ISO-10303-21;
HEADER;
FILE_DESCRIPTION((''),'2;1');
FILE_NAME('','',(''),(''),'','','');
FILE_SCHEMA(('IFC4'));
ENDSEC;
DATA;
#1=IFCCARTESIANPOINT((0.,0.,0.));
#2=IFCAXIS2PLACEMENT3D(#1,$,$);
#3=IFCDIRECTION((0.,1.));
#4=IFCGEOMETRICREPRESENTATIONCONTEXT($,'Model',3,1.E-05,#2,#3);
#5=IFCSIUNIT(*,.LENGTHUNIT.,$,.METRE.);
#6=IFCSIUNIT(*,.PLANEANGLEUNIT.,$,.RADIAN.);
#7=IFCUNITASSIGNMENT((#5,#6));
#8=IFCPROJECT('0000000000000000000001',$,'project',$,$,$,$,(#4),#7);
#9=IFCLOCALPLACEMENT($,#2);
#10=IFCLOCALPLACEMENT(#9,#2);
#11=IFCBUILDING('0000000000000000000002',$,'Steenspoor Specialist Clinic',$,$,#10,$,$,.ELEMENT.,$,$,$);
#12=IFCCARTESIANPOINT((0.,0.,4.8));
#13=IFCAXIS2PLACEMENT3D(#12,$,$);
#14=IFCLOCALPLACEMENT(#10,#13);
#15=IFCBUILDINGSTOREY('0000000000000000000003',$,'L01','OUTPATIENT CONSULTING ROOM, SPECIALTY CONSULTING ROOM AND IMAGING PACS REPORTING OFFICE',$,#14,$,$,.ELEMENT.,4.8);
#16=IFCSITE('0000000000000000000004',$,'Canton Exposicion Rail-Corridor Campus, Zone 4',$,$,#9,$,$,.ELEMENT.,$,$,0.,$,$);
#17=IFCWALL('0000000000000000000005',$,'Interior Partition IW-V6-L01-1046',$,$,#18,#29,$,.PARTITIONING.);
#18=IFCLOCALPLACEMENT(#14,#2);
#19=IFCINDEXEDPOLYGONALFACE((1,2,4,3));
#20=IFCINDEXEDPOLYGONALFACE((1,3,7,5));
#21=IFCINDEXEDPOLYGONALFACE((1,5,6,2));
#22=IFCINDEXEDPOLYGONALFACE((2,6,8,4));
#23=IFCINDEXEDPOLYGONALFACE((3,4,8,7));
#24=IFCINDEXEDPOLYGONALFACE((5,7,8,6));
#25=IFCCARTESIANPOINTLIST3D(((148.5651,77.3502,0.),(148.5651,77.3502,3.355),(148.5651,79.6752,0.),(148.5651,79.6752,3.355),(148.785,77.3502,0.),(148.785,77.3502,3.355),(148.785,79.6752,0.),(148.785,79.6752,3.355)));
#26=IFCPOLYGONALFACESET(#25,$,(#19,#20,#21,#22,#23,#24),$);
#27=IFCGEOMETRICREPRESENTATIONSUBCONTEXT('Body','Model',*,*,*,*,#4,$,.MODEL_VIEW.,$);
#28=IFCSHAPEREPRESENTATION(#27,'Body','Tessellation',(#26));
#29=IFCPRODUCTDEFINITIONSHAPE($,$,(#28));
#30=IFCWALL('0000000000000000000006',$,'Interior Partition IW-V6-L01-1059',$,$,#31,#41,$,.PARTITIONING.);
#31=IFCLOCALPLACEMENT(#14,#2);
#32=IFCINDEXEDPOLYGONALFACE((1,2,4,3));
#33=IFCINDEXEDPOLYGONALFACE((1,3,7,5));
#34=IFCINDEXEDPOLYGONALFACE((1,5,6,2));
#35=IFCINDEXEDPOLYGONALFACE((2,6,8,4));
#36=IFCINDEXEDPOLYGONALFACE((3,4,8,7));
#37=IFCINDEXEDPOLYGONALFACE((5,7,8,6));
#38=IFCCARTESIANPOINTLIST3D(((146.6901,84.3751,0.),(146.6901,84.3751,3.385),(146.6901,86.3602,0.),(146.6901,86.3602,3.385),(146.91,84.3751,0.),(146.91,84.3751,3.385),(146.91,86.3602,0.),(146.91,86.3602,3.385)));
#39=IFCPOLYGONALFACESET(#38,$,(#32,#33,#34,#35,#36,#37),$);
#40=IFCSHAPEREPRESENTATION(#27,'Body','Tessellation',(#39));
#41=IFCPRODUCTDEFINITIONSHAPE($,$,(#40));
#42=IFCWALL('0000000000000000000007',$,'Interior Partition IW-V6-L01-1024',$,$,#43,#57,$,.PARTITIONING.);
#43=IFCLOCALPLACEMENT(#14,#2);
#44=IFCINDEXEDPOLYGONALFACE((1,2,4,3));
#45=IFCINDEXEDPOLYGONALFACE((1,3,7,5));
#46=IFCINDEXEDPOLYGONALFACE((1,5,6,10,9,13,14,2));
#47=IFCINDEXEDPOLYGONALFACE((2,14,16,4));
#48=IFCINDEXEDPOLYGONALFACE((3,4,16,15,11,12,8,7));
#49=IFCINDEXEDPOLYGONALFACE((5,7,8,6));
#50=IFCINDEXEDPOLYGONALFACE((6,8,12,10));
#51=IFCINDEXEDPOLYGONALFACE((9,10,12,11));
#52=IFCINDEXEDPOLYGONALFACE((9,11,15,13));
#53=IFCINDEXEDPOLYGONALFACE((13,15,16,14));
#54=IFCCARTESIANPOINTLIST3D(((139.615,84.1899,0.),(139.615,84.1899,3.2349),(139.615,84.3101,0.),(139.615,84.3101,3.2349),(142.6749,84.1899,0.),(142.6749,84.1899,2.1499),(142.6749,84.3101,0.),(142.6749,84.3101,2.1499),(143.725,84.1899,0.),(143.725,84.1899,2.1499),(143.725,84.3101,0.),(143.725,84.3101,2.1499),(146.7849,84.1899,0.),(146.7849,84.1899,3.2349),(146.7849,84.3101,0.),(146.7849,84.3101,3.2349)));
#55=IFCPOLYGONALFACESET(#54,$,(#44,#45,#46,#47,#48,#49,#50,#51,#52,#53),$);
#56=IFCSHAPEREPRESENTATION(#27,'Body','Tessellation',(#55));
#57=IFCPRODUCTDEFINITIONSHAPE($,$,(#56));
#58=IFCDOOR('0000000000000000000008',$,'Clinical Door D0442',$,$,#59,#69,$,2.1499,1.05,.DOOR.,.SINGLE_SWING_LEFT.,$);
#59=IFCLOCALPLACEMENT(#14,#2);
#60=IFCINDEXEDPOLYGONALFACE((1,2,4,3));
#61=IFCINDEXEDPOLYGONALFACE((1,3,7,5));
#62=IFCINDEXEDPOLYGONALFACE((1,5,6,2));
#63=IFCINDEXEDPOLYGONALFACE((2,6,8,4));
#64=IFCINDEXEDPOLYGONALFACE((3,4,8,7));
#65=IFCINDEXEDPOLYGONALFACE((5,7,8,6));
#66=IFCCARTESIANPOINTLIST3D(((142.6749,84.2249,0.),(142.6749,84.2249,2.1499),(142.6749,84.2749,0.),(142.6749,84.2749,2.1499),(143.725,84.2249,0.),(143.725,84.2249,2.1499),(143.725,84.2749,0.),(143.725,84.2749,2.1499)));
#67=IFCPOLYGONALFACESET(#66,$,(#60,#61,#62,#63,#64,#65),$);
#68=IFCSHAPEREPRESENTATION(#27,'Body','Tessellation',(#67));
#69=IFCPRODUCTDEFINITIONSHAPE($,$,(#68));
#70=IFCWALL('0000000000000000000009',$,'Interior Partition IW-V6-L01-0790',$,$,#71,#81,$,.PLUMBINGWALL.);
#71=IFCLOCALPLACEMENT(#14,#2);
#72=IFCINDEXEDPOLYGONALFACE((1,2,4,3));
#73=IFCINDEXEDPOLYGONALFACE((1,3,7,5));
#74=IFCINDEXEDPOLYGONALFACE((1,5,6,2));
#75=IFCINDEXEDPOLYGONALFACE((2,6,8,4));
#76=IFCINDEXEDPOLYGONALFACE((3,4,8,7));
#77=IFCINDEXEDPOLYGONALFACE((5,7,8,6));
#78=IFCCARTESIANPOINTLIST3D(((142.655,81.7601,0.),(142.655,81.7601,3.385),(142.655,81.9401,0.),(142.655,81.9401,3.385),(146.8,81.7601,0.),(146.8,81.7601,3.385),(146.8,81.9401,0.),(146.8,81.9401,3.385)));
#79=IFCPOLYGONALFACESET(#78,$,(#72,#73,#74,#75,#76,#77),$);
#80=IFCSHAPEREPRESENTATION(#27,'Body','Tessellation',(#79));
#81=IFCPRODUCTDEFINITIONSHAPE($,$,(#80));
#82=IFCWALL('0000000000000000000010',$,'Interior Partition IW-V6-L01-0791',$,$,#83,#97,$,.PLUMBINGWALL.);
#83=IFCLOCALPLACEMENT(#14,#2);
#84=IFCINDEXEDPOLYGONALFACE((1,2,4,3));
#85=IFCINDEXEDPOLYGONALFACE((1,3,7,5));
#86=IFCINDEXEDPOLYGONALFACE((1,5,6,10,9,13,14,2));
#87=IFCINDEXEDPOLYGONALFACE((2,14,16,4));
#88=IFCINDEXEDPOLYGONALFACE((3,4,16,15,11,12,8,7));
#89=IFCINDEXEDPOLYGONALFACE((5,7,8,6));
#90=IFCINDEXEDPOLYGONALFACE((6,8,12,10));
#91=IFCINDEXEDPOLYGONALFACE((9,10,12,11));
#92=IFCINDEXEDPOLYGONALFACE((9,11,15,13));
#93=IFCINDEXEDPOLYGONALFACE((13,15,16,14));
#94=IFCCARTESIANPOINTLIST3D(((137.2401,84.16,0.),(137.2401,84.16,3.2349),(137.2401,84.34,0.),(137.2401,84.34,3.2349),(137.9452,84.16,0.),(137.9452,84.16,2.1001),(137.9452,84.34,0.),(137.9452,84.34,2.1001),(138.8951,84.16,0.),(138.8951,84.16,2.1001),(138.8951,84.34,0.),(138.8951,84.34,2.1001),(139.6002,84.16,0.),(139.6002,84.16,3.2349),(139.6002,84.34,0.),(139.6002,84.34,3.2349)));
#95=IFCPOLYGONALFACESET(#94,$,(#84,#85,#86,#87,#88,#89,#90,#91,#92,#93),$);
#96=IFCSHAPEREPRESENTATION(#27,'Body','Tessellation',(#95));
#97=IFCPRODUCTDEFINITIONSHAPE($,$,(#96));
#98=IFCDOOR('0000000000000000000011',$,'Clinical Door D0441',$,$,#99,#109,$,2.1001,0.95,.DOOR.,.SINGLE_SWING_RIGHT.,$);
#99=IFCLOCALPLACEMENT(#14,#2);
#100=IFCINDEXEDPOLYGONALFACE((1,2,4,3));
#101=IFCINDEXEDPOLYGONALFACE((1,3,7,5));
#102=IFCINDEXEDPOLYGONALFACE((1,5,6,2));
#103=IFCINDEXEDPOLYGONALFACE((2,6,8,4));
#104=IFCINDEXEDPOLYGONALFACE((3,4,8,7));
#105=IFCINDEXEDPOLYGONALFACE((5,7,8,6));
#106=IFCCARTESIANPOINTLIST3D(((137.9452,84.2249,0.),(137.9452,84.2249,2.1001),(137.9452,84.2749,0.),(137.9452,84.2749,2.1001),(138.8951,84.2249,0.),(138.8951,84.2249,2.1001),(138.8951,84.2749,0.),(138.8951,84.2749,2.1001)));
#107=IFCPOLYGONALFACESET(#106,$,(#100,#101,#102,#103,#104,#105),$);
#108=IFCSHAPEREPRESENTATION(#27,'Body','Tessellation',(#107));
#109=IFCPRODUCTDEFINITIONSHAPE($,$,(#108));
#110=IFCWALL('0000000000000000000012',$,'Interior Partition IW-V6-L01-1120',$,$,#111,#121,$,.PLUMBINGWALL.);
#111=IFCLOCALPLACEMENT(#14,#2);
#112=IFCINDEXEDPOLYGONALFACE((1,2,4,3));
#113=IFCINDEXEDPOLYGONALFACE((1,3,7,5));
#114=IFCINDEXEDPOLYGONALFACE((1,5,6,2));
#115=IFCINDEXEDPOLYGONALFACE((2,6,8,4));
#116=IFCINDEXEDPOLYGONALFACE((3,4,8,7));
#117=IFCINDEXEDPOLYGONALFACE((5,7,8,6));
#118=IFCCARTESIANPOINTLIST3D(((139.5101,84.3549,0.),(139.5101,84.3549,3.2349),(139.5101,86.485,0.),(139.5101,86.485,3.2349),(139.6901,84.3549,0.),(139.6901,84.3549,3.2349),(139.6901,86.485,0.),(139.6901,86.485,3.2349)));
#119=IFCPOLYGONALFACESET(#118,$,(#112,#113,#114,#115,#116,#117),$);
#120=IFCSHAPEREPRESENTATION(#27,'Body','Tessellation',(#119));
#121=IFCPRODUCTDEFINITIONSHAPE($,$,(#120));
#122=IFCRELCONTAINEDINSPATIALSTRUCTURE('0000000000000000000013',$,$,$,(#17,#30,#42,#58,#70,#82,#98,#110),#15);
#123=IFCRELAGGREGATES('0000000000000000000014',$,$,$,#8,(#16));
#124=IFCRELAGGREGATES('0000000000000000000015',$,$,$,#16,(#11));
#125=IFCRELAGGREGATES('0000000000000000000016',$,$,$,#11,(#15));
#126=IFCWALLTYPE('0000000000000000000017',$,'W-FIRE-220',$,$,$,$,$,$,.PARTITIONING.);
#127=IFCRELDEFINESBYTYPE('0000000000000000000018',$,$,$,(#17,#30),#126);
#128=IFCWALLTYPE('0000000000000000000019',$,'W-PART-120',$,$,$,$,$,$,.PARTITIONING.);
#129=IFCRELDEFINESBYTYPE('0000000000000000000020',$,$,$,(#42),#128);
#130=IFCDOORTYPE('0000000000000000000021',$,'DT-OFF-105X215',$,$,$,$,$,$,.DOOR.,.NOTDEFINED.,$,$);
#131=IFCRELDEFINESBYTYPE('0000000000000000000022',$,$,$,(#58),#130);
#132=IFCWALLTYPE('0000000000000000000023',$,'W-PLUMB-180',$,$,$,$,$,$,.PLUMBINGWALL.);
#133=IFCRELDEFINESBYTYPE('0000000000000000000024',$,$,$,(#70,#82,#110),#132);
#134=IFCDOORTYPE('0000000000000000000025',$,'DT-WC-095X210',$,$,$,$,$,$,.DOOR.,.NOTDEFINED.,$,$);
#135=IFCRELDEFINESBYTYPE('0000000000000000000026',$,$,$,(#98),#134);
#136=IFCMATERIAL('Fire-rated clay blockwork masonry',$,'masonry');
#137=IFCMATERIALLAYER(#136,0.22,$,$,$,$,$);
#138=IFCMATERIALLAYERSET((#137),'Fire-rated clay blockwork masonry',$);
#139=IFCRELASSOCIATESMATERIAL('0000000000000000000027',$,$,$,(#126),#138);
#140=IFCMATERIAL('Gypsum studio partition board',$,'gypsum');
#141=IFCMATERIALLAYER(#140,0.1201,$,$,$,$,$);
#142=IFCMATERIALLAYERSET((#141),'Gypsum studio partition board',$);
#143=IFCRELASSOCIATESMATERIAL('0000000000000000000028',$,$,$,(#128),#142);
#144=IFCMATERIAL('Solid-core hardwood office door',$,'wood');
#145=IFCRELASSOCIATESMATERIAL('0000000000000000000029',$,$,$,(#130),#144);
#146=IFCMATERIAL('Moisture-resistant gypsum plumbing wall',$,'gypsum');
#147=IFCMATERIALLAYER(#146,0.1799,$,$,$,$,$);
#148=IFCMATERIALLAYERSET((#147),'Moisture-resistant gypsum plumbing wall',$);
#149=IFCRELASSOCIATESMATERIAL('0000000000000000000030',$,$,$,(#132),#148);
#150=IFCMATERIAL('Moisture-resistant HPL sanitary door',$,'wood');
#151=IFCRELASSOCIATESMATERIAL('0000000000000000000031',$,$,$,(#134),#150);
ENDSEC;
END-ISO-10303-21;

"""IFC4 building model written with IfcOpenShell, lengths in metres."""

from ifc_helpers import new_model, si_unit, direction, frame, frame_2d, origin, place, context, subcontext, project, spatial, rectangle, extrude, material, layer, layer_set, type_object, element, fill, save


model = new_model("IFC4")

# Units and contexts
model_context = context("Model", 3, precision=1e-05, world=origin(), true_north=direction((0.0, 1.0)))
body_context = subcontext(model_context, "Body", "Model", "MODEL_VIEW")
ifc_project = project(units=[si_unit("LENGTHUNIT", "METRE"), si_unit("PLANEANGLEUNIT", "RADIAN")], contexts=[model_context])

# Site, building, storey
site_placement = place(None, origin())
site = spatial("IfcSite", under=ifc_project, at=site_placement, Name="Canton Exposicion Rail-Corridor Campus, Zone 4", CompositionType="ELEMENT", RefElevation=0.0)
building_placement = place(site_placement, origin())
building = spatial("IfcBuilding", under=site, at=building_placement, Name="Steenspoor Specialist Clinic", CompositionType="ELEMENT")
storey_placement = place(building_placement, frame((0.0, 0.0, 4.8)))
storey = spatial("IfcBuildingStorey", under=building, at=storey_placement, Name="L01", Description="OUTPATIENT CONSULTING ROOM, SPECIALTY CONSULTING ROOM AND IMAGING PACS REPORTING OFFICE", CompositionType="ELEMENT", Elevation=4.8)

# Shared definitions
ifc_material_1 = material(Name="Fire-rated clay blockwork masonry", Category="masonry")
ifc_layer_1 = layer(ifc_material_1, 0.22)
ifc_layer_set_1 = layer_set([ifc_layer_1], Name="Fire-rated clay blockwork masonry")
wall_type_1 = type_object("IfcWallType", Name="W-FIRE-220", PredefinedType="PARTITIONING", material=ifc_layer_set_1)

# Walls
wall_1_placement = place(storey_placement, frame((148.675, 77.3501, 0.0), z_axis=(0.0, 0.0, 1.0), x_axis=(0.0, 1.0, 0.0)))
element("IfcWall", 1, at=wall_1_placement, inside=storey, type_object=wall_type_1, Name="Interior Partition IW-V6-L01-1046", PredefinedType="PARTITIONING", context=body_context, shape_type="SweptSolid", body=[
    extrude(rectangle(XDim=2.325, YDim=0.22, at=frame_2d((1.1626, 0.0))), origin(), (0.0, 0.0, 1.0), 3.355),
])
wall_2_placement = place(storey_placement, frame((146.8, 84.375, 0.0), z_axis=(0.0, 0.0, 1.0), x_axis=(0.0, 1.0, 0.0)))
element("IfcWall", 2, at=wall_2_placement, inside=storey, type_object=wall_type_1, Name="Interior Partition IW-V6-L01-1059", PredefinedType="PARTITIONING", context=body_context, shape_type="SweptSolid", body=[
    extrude(rectangle(XDim=1.9851, YDim=0.22, at=frame_2d((0.9927, 0.0))), origin(), (0.0, 0.0, 1.0), 3.385),
])

# Wall, opening, door
ifc_material_2 = material(Name="Gypsum studio partition board", Category="gypsum")
ifc_layer_2 = layer(ifc_material_2, 0.1201)
ifc_layer_set_2 = layer_set([ifc_layer_2], Name="Gypsum studio partition board")
wall_type_2 = type_object("IfcWallType", Name="W-PART-120", PredefinedType="PARTITIONING", material=ifc_layer_set_2)
wall_3_placement = place(storey_placement, frame((139.615, 84.25, 0.0), z_axis=(0.0, 0.0, 1.0), x_axis=(1.0, 0.0, 0.0)))
wall_3 = element("IfcWall", 3, at=wall_3_placement, inside=storey, type_object=wall_type_2, Name="Interior Partition IW-V6-L01-1024", PredefinedType="PARTITIONING", context=body_context, shape_type="SweptSolid", body=[
    extrude(rectangle(XDim=7.1699, YDim=0.1201, at=frame_2d((3.585, 0.0))), origin(), (0.0, 0.0, 1.0), 3.2349),
])
opening_1_placement = place(wall_3_placement, frame((3.0601, 0.0, 0.0)))
opening_1 = element("IfcOpeningElement", 4, at=opening_1_placement, cuts=wall_3, PredefinedType="OPENING", context=body_context, shape_type="SweptSolid", body=[
    extrude(rectangle(XDim=1.05, YDim=2.1499, at=frame_2d((0.5249, 1.075))), frame((0.0, 0.0701, 0.0), z_axis=(0.0, -1.0, 0.0), x_axis=(1.0, 0.0, 0.0)), (0.0, 0.0, 1.0), 0.1401),
])
ifc_material_3 = material(Name="Solid-core hardwood office door", Category="wood")
door_type_1 = type_object("IfcDoorType", Name="DT-OFF-105X215", OperationType="NOTDEFINED", PredefinedType="DOOR", material=ifc_material_3)
door_1_placement = place(opening_1_placement, origin())
door_1 = element("IfcDoor", 5, at=door_1_placement, inside=storey, type_object=door_type_1, Name="Clinical Door D0442", OperationType="SINGLE_SWING_LEFT", OverallHeight=2.1499, OverallWidth=1.05, PredefinedType="DOOR", context=body_context, shape_type="SweptSolid", body=[
    extrude(rectangle(XDim=1.05, YDim=2.1499, at=frame_2d((0.5249, 1.075))), frame((0.0, 0.0249, 0.0), z_axis=(0.0, -1.0, 0.0), x_axis=(1.0, 0.0, 0.0)), (0.0, 0.0, 1.0), 0.05),
])
fill(opening_1, door_1)

# Wall
ifc_material_4 = material(Name="Moisture-resistant gypsum plumbing wall", Category="gypsum")
ifc_layer_3 = layer(ifc_material_4, 0.1799)
ifc_layer_set_3 = layer_set([ifc_layer_3], Name="Moisture-resistant gypsum plumbing wall")
wall_type_3 = type_object("IfcWallType", Name="W-PLUMB-180", PredefinedType="PLUMBINGWALL", material=ifc_layer_set_3)
wall_4_placement = place(storey_placement, frame((142.655, 81.8501, 0.0), z_axis=(0.0, 0.0, 1.0), x_axis=(1.0, 0.0, 0.0)))
element("IfcWall", 6, at=wall_4_placement, inside=storey, type_object=wall_type_3, Name="Interior Partition IW-V6-L01-0790", PredefinedType="PLUMBINGWALL", context=body_context, shape_type="SweptSolid", body=[
    extrude(rectangle(XDim=4.145, YDim=0.1799, at=frame_2d((2.0725, 0.0))), origin(), (0.0, 0.0, 1.0), 3.385),
])

# Wall, opening, door
wall_5_placement = place(storey_placement, frame((137.24, 84.25, 0.0), z_axis=(0.0, 0.0, 1.0), x_axis=(1.0, 0.0, 0.0)))
wall_5 = element("IfcWall", 7, at=wall_5_placement, inside=storey, type_object=wall_type_3, Name="Interior Partition IW-V6-L01-0791", PredefinedType="PLUMBINGWALL", context=body_context, shape_type="SweptSolid", body=[
    extrude(rectangle(XDim=2.3601, YDim=0.1799, at=frame_2d((1.1802, 0.0))), origin(), (0.0, 0.0, 1.0), 3.2349),
])
opening_2_placement = place(wall_5_placement, frame((0.7051, 0.0, 0.0)))
opening_2 = element("IfcOpeningElement", 8, at=opening_2_placement, cuts=wall_5, PredefinedType="OPENING", context=body_context, shape_type="SweptSolid", body=[
    extrude(rectangle(XDim=0.95, YDim=2.1001, at=frame_2d((0.4751, 1.05))), frame((0.0, 0.1001, 0.0), z_axis=(0.0, -1.0, 0.0), x_axis=(1.0, 0.0, 0.0)), (0.0, 0.0, 1.0), 0.2),
])
ifc_material_5 = material(Name="Moisture-resistant HPL sanitary door", Category="wood")
door_type_2 = type_object("IfcDoorType", Name="DT-WC-095X210", OperationType="NOTDEFINED", PredefinedType="DOOR", material=ifc_material_5)
door_2_placement = place(opening_2_placement, origin())
door_2 = element("IfcDoor", 9, at=door_2_placement, inside=storey, type_object=door_type_2, Name="Clinical Door D0441", OperationType="SINGLE_SWING_RIGHT", OverallHeight=2.1001, OverallWidth=0.95, PredefinedType="DOOR", context=body_context, shape_type="SweptSolid", body=[
    extrude(rectangle(XDim=0.95, YDim=2.1001, at=frame_2d((0.4751, 1.05))), frame((0.0, 0.0249, 0.0), z_axis=(0.0, -1.0, 0.0), x_axis=(1.0, 0.0, 0.0)), (0.0, 0.0, 1.0), 0.05),
])
fill(opening_2, door_2)

# Wall
wall_6_placement = place(storey_placement, frame((139.6001, 84.355, 0.0), z_axis=(0.0, 0.0, 1.0), x_axis=(0.0, 1.0, 0.0)))
element("IfcWall", 10, at=wall_6_placement, inside=storey, type_object=wall_type_3, Name="Interior Partition IW-V6-L01-1120", PredefinedType="PLUMBINGWALL", context=body_context, shape_type="SweptSolid", body=[
    extrude(rectangle(XDim=2.1301, YDim=0.1799, at=frame_2d((1.0649, 0.0))), origin(), (0.0, 0.0, 1.0), 3.2349),
])

save(model, "model.ifc")
